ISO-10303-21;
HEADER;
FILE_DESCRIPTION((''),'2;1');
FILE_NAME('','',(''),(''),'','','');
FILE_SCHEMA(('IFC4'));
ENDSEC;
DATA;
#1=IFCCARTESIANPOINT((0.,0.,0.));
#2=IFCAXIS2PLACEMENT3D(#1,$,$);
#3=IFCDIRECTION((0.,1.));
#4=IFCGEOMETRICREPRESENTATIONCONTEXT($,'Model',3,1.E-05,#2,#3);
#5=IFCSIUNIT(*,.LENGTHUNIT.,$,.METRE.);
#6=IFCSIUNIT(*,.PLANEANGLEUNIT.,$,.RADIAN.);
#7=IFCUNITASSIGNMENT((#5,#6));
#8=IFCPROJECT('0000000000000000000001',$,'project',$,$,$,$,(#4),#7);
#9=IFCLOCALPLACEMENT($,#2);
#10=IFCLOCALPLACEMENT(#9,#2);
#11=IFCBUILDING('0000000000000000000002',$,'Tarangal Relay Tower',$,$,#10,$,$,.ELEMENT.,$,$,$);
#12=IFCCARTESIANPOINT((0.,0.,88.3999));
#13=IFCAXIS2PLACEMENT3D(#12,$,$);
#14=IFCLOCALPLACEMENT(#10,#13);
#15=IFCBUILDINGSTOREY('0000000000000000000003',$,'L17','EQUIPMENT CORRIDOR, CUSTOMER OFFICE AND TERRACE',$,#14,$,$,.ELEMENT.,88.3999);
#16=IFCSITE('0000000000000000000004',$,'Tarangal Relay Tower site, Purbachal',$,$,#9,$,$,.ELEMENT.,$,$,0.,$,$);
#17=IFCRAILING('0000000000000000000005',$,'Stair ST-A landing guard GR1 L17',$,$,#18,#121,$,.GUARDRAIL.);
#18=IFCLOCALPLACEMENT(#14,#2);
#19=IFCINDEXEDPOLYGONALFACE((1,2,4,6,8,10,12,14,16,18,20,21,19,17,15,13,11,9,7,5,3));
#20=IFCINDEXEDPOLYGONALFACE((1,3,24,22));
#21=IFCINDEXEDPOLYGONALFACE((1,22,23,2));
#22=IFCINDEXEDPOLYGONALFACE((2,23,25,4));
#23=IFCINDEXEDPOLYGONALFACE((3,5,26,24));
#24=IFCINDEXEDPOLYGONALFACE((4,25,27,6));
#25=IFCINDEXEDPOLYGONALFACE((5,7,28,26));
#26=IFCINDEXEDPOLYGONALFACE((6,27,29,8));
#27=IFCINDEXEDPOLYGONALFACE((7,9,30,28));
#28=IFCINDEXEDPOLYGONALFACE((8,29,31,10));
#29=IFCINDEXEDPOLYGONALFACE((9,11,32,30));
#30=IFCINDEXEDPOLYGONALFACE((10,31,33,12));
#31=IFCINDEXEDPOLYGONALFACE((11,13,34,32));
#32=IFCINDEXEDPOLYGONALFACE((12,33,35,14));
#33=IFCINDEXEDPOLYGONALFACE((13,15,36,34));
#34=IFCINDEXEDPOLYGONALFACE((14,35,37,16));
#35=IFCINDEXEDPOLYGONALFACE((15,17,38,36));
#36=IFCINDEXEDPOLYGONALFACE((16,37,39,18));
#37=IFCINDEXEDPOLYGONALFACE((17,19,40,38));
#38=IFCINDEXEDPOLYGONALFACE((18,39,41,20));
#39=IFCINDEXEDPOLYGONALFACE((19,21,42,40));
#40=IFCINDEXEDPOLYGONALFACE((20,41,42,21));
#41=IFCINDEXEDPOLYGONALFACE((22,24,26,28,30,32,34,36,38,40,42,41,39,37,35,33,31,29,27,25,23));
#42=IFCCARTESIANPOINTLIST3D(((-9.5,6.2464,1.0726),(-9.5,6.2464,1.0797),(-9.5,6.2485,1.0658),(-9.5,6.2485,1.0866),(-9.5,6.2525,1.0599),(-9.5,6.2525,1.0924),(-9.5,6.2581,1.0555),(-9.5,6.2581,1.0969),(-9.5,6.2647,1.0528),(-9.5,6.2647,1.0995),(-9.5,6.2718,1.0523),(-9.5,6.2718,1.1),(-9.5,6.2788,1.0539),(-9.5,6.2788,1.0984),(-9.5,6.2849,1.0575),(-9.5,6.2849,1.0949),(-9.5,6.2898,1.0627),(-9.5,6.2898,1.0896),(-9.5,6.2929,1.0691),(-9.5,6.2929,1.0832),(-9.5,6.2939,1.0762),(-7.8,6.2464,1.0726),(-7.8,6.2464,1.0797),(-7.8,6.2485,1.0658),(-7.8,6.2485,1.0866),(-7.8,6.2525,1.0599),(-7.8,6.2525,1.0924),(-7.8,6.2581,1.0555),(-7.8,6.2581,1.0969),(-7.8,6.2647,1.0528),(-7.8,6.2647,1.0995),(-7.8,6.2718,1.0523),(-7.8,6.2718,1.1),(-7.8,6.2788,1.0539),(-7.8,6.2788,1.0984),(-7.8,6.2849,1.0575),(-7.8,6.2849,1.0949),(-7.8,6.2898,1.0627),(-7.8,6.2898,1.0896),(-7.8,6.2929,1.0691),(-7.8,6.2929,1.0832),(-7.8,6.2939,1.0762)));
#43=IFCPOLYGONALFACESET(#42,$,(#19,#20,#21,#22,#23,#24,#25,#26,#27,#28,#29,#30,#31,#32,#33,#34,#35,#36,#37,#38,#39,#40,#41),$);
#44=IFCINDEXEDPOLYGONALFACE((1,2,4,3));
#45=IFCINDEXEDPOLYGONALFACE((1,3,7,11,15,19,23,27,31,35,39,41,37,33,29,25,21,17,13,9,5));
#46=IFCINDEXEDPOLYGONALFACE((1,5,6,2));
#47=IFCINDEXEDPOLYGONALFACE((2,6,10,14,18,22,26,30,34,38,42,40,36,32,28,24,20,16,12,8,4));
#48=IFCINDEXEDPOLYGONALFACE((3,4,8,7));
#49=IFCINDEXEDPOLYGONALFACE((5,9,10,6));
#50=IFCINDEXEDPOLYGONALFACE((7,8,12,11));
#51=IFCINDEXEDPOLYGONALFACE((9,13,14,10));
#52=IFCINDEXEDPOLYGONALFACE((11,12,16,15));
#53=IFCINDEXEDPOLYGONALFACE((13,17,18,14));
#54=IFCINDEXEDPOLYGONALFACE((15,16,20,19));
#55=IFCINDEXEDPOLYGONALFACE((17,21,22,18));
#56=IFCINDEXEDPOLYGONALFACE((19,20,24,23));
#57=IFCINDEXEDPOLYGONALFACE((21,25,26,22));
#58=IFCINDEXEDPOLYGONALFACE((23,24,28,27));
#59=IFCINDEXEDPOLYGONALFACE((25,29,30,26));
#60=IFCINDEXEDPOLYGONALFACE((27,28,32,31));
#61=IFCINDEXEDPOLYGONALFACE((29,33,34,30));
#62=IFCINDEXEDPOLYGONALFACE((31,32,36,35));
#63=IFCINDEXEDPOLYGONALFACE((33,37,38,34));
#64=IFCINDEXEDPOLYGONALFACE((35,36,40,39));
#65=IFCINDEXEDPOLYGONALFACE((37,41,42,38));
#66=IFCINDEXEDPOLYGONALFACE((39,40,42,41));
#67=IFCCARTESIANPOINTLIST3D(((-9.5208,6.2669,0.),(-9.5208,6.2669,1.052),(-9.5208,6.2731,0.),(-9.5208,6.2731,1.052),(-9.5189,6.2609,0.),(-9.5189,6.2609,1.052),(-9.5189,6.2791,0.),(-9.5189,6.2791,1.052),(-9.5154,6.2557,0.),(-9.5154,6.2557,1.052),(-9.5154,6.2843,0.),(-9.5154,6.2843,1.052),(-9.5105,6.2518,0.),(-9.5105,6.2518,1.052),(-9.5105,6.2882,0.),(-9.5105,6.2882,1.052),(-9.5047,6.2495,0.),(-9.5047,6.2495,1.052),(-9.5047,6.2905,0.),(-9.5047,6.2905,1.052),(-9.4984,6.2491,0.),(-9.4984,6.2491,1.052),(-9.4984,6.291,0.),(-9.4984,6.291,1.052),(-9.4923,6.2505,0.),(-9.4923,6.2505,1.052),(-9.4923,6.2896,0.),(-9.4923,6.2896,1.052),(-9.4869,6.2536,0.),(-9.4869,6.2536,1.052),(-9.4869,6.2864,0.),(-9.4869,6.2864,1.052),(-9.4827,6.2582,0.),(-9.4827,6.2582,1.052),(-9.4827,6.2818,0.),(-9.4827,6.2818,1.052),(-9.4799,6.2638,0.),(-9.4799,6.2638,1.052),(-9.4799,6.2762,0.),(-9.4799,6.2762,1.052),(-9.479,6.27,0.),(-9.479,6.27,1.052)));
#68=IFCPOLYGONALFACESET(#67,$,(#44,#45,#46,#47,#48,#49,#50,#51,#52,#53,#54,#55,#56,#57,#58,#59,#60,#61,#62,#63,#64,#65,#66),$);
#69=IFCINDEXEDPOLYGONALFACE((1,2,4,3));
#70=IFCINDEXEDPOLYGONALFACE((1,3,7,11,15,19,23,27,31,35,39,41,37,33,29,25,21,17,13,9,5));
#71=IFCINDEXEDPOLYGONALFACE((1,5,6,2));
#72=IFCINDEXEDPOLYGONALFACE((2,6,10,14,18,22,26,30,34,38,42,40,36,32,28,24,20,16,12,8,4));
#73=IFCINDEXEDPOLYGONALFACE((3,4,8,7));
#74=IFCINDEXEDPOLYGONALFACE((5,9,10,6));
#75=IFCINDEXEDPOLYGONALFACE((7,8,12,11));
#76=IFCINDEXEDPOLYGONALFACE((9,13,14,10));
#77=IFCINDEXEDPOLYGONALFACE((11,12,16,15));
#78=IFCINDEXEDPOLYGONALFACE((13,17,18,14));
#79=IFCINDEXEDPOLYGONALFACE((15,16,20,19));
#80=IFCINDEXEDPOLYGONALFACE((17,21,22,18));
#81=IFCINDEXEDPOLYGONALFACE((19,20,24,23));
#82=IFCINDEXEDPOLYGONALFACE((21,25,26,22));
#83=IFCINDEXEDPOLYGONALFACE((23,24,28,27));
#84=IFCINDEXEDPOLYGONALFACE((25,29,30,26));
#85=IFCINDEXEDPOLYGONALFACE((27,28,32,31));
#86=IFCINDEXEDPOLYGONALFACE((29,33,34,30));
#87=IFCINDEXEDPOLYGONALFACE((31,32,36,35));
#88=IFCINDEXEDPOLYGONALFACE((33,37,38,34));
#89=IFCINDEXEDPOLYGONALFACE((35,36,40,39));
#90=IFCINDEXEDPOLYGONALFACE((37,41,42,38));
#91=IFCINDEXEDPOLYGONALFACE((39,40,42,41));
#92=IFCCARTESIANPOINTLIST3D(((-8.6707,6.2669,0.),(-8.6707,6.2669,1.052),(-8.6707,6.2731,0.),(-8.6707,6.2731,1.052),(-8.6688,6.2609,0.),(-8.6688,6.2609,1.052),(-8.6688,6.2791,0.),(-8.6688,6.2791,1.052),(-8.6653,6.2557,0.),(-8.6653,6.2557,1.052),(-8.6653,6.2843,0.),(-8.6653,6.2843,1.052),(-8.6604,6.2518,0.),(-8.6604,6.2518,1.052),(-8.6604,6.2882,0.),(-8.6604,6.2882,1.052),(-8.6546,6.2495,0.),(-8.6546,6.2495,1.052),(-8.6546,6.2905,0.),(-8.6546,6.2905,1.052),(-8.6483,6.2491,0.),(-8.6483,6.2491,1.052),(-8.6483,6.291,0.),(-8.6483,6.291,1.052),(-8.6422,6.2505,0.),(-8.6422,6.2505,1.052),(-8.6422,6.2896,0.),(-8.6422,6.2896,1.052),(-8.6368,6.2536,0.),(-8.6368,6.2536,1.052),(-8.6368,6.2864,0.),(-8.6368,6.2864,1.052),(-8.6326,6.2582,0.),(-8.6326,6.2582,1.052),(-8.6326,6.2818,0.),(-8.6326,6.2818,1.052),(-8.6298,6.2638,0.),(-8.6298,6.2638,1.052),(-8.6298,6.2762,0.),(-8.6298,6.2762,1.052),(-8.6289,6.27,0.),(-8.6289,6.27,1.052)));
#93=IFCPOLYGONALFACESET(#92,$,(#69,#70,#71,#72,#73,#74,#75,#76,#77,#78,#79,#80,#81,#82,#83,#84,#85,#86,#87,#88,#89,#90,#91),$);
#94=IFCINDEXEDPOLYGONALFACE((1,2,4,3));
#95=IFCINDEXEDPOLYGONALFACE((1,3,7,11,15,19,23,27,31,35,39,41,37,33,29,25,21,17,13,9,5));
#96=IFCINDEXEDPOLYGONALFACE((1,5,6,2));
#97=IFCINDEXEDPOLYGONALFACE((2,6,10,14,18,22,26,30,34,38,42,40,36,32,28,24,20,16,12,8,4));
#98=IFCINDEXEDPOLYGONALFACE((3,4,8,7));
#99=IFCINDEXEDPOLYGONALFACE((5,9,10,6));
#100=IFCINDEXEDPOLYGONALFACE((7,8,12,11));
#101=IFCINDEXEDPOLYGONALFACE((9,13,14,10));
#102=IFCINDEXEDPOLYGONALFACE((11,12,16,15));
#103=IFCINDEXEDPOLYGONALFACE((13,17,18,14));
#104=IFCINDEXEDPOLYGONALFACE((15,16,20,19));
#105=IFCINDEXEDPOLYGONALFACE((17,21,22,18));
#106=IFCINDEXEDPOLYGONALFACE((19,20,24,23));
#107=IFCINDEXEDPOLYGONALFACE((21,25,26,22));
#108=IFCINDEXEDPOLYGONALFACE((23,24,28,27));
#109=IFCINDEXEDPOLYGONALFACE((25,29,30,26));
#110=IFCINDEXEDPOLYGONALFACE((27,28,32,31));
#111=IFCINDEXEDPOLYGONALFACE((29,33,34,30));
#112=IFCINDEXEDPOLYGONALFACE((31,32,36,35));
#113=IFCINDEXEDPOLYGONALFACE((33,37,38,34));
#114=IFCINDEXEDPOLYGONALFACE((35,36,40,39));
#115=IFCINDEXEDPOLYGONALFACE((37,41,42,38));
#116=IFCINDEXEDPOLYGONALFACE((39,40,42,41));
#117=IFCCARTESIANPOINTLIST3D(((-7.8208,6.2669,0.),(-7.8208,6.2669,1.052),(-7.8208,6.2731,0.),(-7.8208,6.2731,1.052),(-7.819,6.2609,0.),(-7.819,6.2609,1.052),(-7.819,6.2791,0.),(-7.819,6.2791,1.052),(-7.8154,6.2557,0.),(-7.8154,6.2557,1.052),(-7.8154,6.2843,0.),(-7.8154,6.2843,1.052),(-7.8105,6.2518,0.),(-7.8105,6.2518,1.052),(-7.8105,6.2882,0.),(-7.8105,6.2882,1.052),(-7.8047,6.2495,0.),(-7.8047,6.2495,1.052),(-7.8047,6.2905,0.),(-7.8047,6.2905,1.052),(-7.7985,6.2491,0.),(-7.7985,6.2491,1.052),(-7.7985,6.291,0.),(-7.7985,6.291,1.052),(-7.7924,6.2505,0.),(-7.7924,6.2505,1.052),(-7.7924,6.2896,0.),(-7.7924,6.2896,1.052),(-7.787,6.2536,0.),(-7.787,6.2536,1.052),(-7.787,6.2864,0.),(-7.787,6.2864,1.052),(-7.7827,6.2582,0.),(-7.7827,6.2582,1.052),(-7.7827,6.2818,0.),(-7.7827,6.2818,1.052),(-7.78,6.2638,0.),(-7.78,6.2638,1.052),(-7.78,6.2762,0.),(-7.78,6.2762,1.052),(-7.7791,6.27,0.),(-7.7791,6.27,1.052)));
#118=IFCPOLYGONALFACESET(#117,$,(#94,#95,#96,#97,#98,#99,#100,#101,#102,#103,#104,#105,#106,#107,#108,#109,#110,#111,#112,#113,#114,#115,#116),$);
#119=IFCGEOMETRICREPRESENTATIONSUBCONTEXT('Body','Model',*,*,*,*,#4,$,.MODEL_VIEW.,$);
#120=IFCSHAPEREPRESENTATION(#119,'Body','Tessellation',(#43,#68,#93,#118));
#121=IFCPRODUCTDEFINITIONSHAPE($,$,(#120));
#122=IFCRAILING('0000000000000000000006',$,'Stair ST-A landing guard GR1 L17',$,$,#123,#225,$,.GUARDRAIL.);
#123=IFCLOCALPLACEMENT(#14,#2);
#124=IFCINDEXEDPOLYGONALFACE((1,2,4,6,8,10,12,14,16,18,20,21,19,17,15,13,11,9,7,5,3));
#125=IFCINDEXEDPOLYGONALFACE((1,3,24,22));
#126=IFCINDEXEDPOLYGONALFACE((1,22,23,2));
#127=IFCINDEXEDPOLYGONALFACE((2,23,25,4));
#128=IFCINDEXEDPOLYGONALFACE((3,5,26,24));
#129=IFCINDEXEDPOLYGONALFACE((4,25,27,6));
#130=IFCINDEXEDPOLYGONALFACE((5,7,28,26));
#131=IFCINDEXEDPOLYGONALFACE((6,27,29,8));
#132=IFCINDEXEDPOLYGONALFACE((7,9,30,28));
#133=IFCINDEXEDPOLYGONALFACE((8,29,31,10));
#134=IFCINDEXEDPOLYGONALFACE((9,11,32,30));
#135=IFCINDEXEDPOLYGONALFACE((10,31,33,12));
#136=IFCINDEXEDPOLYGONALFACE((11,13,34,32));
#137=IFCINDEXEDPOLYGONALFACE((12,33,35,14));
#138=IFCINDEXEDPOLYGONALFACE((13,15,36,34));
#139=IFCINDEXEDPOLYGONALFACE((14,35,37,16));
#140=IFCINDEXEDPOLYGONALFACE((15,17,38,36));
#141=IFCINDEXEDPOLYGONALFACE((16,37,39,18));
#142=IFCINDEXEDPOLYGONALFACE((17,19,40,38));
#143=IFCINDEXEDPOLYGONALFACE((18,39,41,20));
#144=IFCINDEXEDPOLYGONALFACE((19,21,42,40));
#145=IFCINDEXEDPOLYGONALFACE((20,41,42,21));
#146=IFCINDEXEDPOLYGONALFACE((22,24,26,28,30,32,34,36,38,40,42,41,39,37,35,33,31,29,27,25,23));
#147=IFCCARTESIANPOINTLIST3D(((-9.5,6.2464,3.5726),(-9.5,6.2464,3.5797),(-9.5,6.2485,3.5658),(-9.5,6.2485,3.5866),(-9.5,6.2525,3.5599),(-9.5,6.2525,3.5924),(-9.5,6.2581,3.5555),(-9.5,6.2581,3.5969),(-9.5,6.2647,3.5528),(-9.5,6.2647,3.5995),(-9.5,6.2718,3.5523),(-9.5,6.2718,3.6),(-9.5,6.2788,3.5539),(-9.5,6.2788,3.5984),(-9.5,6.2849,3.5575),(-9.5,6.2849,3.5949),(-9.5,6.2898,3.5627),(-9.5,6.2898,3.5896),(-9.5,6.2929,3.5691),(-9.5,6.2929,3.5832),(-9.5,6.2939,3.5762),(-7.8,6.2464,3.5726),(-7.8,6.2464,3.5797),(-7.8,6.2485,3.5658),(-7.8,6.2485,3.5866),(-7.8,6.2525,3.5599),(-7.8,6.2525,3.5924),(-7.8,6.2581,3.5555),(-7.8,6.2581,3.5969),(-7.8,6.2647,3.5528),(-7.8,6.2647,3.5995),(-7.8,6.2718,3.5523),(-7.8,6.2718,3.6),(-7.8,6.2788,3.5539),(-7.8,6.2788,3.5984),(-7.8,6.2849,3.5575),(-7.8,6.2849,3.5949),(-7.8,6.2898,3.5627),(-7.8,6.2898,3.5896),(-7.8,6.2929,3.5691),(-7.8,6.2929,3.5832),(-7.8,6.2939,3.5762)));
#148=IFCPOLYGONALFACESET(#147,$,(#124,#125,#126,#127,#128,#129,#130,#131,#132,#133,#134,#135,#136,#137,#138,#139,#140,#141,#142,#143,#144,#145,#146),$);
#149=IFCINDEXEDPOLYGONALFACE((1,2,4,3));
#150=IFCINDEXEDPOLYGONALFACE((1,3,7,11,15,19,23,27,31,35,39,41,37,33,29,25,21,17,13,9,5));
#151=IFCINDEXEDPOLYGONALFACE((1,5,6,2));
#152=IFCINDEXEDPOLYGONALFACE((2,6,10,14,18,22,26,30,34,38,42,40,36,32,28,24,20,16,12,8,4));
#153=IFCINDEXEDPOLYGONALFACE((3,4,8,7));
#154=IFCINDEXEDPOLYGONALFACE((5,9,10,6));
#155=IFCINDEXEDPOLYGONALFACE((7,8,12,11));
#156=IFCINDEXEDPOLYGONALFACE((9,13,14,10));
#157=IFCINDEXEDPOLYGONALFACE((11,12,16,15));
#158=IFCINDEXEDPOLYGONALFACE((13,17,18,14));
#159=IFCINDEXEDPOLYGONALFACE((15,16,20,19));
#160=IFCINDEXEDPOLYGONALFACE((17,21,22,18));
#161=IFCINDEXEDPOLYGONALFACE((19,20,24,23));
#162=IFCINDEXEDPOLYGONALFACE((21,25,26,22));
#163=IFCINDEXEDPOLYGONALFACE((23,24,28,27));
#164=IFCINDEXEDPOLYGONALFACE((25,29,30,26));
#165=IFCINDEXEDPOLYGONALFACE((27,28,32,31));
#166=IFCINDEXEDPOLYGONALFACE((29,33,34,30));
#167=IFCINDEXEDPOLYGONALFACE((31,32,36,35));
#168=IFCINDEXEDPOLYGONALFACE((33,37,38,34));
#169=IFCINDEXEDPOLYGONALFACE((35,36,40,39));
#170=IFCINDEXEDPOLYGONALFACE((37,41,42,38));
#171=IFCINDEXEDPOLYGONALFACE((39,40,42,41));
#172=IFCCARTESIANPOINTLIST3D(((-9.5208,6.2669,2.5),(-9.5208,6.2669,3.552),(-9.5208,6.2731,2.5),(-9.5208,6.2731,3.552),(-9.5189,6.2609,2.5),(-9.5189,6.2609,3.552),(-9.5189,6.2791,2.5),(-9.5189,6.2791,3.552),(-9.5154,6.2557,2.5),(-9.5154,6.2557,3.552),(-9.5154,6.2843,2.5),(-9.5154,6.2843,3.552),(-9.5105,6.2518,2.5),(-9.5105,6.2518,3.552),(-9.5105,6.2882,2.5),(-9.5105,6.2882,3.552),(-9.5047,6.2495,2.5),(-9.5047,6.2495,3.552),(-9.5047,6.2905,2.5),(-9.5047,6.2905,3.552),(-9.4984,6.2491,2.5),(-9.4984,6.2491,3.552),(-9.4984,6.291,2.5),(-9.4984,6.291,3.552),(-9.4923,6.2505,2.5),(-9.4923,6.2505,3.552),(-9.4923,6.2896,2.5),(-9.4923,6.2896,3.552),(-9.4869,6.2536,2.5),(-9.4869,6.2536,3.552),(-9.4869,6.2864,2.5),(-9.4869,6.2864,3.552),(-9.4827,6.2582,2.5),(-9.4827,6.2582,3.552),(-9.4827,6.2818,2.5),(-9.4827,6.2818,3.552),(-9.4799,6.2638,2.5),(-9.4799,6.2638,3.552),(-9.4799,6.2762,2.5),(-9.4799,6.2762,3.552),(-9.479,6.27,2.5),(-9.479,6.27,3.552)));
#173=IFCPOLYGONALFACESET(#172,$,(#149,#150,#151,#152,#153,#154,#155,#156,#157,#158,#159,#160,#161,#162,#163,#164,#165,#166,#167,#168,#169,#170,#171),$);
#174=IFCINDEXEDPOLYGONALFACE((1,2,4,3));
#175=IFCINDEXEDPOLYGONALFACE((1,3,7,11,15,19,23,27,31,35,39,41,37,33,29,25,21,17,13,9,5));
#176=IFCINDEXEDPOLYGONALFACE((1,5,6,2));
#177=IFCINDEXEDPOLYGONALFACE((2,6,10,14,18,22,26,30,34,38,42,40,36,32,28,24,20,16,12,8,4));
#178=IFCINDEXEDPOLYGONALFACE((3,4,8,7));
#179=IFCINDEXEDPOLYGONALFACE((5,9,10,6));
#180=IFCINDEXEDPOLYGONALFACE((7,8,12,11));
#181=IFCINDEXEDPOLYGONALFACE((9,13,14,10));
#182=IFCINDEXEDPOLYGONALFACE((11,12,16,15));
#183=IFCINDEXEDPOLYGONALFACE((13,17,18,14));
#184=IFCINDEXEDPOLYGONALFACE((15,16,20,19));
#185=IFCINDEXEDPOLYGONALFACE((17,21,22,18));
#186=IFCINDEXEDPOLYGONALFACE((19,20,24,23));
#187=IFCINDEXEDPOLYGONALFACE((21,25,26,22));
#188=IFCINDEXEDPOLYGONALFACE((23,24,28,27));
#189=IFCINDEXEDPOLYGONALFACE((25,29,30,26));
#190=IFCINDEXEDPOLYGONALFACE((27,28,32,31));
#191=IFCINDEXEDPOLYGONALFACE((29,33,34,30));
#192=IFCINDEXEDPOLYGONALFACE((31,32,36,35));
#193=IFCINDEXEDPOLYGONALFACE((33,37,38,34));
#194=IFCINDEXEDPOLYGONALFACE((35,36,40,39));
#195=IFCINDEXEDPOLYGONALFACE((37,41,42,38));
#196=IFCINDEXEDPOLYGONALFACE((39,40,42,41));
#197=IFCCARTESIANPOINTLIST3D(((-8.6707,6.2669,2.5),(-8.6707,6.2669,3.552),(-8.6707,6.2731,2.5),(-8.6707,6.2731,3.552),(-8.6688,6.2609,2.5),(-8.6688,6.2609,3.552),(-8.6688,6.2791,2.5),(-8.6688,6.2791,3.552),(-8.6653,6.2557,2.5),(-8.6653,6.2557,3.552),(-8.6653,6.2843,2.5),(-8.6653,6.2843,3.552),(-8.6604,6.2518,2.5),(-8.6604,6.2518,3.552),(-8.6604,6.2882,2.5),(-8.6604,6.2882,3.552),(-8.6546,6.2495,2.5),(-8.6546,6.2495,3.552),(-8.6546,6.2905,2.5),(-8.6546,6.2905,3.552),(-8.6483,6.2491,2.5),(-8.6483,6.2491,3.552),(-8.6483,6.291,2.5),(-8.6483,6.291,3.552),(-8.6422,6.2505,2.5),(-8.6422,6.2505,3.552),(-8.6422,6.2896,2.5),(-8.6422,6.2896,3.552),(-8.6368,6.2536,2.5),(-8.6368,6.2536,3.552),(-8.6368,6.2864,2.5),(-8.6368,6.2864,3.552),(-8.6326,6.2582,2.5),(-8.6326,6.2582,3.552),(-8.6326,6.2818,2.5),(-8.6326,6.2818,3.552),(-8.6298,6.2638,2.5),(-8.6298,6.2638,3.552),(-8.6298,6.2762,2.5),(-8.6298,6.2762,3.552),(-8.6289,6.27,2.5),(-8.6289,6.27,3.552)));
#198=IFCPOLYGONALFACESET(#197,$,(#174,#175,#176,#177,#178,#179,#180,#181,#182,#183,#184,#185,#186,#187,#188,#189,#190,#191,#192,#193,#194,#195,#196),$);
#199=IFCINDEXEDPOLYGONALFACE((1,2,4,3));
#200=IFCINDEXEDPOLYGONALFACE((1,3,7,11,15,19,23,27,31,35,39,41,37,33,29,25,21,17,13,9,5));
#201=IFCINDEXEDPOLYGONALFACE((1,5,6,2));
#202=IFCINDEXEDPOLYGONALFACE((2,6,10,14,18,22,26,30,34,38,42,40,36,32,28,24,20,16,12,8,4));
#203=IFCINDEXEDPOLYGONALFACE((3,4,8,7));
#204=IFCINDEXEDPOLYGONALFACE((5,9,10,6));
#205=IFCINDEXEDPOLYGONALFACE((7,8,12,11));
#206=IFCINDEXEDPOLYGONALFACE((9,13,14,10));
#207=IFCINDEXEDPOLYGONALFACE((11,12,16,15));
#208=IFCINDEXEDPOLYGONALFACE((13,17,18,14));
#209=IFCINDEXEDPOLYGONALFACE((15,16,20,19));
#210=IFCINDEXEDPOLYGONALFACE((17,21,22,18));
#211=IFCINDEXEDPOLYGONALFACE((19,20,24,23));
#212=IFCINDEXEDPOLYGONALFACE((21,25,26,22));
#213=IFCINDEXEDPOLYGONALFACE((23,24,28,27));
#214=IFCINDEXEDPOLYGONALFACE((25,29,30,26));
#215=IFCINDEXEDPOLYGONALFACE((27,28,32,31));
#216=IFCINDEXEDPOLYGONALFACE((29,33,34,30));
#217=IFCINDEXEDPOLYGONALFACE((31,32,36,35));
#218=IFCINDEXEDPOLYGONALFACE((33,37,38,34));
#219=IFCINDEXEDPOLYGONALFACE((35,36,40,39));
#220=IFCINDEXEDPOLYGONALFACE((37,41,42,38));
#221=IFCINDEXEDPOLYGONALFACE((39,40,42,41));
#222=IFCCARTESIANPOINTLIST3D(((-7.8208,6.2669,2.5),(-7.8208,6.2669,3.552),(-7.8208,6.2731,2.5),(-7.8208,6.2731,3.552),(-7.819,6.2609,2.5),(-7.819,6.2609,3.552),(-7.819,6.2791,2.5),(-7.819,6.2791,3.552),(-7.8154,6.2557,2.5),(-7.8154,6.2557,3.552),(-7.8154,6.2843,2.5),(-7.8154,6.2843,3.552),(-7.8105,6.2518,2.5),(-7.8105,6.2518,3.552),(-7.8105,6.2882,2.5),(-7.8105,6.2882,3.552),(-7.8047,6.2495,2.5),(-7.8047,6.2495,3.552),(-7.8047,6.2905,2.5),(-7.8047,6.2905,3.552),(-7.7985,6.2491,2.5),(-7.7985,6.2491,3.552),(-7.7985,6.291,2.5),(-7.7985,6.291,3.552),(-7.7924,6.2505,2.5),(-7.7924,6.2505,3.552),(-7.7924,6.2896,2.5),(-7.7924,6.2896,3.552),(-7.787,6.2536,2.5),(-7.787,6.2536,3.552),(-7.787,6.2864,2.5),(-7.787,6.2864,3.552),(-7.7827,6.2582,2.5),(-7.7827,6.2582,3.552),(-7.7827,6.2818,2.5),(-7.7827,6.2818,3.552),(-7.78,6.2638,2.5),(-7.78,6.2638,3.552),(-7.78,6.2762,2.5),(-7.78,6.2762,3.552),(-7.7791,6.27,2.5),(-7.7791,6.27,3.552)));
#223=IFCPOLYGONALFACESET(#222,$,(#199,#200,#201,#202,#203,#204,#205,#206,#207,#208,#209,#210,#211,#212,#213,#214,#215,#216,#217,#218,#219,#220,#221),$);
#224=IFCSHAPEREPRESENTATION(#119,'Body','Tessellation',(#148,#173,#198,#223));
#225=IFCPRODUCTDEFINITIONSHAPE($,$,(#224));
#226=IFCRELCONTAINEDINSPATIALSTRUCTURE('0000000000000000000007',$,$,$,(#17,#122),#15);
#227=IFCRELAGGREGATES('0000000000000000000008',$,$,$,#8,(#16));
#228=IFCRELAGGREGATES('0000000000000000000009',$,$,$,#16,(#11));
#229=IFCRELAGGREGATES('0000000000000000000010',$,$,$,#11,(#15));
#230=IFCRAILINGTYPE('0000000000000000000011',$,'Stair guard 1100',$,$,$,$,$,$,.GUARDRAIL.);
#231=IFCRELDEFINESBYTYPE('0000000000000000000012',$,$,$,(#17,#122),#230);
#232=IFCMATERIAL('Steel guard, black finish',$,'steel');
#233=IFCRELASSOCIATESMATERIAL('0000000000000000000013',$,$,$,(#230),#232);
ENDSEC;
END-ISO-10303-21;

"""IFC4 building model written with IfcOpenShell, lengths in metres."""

from ifc_helpers import new_model, si_unit, direction, frame, origin, origin_2d, place, context, subcontext, project, spatial, circle, extrude, material, type_object, element, save


model = new_model("IFC4")

# Units and contexts
model_context = context("Model", 3, precision=1e-05, world=origin(), true_north=direction((0.0, 1.0)))
body_context = subcontext(model_context, "Body", "Model", "MODEL_VIEW")
ifc_project = project(units=[si_unit("LENGTHUNIT", "METRE"), si_unit("PLANEANGLEUNIT", "RADIAN")], contexts=[model_context])

# Site, building, storey
site_placement = place(None, origin())
site = spatial("IfcSite", under=ifc_project, at=site_placement, Name="Tarangal Relay Tower site, Purbachal", CompositionType="ELEMENT", RefElevation=0.0)
building_placement = place(site_placement, origin())
building = spatial("IfcBuilding", under=site, at=building_placement, Name="Tarangal Relay Tower", CompositionType="ELEMENT")
storey_placement = place(building_placement, frame((0.0, 0.0, 88.3999)))
storey = spatial("IfcBuildingStorey", under=building, at=storey_placement, Name="L17", Description="EQUIPMENT CORRIDOR, CUSTOMER OFFICE AND TERRACE", CompositionType="ELEMENT", Elevation=88.3999)

# Railings
ifc_material_1 = material(Name="Steel guard, black finish", Category="steel")
railing_type = type_object("IfcRailingType", Name="Stair guard 1100", PredefinedType="GUARDRAIL", material=ifc_material_1)
for number, where, name in (
    (1, (-9.5, 6.27, 0.0), "Stair ST-A landing guard GR1 L17"),
    (2, (-9.5, 6.27, 2.5), "Stair ST-A landing guard GR1 L17"),
):
    element("IfcRailing", number, at=place(storey_placement, frame(where)), inside=storey, type_object=railing_type, Name=name, PredefinedType="GUARDRAIL", context=body_context, shape_type="SweptSolid", body=[
        extrude(circle(Radius=0.0239, at=origin_2d()), frame((0.0, 0.0, 1.0762), z_axis=(1.0, 0.0, 0.0), x_axis=(0.0, 1.0, 0.0)), (0.0, 0.0, 1.0), 1.7),
        extrude(circle(Radius=0.021, at=origin_2d()), origin(), (0.0, 0.0, 1.0), 1.052),
        extrude(circle(Radius=0.021, at=origin_2d()), frame((0.8501, 0.0, 0.0)), (0.0, 0.0, 1.0), 1.052),
        extrude(circle(Radius=0.021, at=origin_2d()), frame((1.7, 0.0, 0.0)), (0.0, 0.0, 1.0), 1.052),
    ])

save(model, "model.ifc")
